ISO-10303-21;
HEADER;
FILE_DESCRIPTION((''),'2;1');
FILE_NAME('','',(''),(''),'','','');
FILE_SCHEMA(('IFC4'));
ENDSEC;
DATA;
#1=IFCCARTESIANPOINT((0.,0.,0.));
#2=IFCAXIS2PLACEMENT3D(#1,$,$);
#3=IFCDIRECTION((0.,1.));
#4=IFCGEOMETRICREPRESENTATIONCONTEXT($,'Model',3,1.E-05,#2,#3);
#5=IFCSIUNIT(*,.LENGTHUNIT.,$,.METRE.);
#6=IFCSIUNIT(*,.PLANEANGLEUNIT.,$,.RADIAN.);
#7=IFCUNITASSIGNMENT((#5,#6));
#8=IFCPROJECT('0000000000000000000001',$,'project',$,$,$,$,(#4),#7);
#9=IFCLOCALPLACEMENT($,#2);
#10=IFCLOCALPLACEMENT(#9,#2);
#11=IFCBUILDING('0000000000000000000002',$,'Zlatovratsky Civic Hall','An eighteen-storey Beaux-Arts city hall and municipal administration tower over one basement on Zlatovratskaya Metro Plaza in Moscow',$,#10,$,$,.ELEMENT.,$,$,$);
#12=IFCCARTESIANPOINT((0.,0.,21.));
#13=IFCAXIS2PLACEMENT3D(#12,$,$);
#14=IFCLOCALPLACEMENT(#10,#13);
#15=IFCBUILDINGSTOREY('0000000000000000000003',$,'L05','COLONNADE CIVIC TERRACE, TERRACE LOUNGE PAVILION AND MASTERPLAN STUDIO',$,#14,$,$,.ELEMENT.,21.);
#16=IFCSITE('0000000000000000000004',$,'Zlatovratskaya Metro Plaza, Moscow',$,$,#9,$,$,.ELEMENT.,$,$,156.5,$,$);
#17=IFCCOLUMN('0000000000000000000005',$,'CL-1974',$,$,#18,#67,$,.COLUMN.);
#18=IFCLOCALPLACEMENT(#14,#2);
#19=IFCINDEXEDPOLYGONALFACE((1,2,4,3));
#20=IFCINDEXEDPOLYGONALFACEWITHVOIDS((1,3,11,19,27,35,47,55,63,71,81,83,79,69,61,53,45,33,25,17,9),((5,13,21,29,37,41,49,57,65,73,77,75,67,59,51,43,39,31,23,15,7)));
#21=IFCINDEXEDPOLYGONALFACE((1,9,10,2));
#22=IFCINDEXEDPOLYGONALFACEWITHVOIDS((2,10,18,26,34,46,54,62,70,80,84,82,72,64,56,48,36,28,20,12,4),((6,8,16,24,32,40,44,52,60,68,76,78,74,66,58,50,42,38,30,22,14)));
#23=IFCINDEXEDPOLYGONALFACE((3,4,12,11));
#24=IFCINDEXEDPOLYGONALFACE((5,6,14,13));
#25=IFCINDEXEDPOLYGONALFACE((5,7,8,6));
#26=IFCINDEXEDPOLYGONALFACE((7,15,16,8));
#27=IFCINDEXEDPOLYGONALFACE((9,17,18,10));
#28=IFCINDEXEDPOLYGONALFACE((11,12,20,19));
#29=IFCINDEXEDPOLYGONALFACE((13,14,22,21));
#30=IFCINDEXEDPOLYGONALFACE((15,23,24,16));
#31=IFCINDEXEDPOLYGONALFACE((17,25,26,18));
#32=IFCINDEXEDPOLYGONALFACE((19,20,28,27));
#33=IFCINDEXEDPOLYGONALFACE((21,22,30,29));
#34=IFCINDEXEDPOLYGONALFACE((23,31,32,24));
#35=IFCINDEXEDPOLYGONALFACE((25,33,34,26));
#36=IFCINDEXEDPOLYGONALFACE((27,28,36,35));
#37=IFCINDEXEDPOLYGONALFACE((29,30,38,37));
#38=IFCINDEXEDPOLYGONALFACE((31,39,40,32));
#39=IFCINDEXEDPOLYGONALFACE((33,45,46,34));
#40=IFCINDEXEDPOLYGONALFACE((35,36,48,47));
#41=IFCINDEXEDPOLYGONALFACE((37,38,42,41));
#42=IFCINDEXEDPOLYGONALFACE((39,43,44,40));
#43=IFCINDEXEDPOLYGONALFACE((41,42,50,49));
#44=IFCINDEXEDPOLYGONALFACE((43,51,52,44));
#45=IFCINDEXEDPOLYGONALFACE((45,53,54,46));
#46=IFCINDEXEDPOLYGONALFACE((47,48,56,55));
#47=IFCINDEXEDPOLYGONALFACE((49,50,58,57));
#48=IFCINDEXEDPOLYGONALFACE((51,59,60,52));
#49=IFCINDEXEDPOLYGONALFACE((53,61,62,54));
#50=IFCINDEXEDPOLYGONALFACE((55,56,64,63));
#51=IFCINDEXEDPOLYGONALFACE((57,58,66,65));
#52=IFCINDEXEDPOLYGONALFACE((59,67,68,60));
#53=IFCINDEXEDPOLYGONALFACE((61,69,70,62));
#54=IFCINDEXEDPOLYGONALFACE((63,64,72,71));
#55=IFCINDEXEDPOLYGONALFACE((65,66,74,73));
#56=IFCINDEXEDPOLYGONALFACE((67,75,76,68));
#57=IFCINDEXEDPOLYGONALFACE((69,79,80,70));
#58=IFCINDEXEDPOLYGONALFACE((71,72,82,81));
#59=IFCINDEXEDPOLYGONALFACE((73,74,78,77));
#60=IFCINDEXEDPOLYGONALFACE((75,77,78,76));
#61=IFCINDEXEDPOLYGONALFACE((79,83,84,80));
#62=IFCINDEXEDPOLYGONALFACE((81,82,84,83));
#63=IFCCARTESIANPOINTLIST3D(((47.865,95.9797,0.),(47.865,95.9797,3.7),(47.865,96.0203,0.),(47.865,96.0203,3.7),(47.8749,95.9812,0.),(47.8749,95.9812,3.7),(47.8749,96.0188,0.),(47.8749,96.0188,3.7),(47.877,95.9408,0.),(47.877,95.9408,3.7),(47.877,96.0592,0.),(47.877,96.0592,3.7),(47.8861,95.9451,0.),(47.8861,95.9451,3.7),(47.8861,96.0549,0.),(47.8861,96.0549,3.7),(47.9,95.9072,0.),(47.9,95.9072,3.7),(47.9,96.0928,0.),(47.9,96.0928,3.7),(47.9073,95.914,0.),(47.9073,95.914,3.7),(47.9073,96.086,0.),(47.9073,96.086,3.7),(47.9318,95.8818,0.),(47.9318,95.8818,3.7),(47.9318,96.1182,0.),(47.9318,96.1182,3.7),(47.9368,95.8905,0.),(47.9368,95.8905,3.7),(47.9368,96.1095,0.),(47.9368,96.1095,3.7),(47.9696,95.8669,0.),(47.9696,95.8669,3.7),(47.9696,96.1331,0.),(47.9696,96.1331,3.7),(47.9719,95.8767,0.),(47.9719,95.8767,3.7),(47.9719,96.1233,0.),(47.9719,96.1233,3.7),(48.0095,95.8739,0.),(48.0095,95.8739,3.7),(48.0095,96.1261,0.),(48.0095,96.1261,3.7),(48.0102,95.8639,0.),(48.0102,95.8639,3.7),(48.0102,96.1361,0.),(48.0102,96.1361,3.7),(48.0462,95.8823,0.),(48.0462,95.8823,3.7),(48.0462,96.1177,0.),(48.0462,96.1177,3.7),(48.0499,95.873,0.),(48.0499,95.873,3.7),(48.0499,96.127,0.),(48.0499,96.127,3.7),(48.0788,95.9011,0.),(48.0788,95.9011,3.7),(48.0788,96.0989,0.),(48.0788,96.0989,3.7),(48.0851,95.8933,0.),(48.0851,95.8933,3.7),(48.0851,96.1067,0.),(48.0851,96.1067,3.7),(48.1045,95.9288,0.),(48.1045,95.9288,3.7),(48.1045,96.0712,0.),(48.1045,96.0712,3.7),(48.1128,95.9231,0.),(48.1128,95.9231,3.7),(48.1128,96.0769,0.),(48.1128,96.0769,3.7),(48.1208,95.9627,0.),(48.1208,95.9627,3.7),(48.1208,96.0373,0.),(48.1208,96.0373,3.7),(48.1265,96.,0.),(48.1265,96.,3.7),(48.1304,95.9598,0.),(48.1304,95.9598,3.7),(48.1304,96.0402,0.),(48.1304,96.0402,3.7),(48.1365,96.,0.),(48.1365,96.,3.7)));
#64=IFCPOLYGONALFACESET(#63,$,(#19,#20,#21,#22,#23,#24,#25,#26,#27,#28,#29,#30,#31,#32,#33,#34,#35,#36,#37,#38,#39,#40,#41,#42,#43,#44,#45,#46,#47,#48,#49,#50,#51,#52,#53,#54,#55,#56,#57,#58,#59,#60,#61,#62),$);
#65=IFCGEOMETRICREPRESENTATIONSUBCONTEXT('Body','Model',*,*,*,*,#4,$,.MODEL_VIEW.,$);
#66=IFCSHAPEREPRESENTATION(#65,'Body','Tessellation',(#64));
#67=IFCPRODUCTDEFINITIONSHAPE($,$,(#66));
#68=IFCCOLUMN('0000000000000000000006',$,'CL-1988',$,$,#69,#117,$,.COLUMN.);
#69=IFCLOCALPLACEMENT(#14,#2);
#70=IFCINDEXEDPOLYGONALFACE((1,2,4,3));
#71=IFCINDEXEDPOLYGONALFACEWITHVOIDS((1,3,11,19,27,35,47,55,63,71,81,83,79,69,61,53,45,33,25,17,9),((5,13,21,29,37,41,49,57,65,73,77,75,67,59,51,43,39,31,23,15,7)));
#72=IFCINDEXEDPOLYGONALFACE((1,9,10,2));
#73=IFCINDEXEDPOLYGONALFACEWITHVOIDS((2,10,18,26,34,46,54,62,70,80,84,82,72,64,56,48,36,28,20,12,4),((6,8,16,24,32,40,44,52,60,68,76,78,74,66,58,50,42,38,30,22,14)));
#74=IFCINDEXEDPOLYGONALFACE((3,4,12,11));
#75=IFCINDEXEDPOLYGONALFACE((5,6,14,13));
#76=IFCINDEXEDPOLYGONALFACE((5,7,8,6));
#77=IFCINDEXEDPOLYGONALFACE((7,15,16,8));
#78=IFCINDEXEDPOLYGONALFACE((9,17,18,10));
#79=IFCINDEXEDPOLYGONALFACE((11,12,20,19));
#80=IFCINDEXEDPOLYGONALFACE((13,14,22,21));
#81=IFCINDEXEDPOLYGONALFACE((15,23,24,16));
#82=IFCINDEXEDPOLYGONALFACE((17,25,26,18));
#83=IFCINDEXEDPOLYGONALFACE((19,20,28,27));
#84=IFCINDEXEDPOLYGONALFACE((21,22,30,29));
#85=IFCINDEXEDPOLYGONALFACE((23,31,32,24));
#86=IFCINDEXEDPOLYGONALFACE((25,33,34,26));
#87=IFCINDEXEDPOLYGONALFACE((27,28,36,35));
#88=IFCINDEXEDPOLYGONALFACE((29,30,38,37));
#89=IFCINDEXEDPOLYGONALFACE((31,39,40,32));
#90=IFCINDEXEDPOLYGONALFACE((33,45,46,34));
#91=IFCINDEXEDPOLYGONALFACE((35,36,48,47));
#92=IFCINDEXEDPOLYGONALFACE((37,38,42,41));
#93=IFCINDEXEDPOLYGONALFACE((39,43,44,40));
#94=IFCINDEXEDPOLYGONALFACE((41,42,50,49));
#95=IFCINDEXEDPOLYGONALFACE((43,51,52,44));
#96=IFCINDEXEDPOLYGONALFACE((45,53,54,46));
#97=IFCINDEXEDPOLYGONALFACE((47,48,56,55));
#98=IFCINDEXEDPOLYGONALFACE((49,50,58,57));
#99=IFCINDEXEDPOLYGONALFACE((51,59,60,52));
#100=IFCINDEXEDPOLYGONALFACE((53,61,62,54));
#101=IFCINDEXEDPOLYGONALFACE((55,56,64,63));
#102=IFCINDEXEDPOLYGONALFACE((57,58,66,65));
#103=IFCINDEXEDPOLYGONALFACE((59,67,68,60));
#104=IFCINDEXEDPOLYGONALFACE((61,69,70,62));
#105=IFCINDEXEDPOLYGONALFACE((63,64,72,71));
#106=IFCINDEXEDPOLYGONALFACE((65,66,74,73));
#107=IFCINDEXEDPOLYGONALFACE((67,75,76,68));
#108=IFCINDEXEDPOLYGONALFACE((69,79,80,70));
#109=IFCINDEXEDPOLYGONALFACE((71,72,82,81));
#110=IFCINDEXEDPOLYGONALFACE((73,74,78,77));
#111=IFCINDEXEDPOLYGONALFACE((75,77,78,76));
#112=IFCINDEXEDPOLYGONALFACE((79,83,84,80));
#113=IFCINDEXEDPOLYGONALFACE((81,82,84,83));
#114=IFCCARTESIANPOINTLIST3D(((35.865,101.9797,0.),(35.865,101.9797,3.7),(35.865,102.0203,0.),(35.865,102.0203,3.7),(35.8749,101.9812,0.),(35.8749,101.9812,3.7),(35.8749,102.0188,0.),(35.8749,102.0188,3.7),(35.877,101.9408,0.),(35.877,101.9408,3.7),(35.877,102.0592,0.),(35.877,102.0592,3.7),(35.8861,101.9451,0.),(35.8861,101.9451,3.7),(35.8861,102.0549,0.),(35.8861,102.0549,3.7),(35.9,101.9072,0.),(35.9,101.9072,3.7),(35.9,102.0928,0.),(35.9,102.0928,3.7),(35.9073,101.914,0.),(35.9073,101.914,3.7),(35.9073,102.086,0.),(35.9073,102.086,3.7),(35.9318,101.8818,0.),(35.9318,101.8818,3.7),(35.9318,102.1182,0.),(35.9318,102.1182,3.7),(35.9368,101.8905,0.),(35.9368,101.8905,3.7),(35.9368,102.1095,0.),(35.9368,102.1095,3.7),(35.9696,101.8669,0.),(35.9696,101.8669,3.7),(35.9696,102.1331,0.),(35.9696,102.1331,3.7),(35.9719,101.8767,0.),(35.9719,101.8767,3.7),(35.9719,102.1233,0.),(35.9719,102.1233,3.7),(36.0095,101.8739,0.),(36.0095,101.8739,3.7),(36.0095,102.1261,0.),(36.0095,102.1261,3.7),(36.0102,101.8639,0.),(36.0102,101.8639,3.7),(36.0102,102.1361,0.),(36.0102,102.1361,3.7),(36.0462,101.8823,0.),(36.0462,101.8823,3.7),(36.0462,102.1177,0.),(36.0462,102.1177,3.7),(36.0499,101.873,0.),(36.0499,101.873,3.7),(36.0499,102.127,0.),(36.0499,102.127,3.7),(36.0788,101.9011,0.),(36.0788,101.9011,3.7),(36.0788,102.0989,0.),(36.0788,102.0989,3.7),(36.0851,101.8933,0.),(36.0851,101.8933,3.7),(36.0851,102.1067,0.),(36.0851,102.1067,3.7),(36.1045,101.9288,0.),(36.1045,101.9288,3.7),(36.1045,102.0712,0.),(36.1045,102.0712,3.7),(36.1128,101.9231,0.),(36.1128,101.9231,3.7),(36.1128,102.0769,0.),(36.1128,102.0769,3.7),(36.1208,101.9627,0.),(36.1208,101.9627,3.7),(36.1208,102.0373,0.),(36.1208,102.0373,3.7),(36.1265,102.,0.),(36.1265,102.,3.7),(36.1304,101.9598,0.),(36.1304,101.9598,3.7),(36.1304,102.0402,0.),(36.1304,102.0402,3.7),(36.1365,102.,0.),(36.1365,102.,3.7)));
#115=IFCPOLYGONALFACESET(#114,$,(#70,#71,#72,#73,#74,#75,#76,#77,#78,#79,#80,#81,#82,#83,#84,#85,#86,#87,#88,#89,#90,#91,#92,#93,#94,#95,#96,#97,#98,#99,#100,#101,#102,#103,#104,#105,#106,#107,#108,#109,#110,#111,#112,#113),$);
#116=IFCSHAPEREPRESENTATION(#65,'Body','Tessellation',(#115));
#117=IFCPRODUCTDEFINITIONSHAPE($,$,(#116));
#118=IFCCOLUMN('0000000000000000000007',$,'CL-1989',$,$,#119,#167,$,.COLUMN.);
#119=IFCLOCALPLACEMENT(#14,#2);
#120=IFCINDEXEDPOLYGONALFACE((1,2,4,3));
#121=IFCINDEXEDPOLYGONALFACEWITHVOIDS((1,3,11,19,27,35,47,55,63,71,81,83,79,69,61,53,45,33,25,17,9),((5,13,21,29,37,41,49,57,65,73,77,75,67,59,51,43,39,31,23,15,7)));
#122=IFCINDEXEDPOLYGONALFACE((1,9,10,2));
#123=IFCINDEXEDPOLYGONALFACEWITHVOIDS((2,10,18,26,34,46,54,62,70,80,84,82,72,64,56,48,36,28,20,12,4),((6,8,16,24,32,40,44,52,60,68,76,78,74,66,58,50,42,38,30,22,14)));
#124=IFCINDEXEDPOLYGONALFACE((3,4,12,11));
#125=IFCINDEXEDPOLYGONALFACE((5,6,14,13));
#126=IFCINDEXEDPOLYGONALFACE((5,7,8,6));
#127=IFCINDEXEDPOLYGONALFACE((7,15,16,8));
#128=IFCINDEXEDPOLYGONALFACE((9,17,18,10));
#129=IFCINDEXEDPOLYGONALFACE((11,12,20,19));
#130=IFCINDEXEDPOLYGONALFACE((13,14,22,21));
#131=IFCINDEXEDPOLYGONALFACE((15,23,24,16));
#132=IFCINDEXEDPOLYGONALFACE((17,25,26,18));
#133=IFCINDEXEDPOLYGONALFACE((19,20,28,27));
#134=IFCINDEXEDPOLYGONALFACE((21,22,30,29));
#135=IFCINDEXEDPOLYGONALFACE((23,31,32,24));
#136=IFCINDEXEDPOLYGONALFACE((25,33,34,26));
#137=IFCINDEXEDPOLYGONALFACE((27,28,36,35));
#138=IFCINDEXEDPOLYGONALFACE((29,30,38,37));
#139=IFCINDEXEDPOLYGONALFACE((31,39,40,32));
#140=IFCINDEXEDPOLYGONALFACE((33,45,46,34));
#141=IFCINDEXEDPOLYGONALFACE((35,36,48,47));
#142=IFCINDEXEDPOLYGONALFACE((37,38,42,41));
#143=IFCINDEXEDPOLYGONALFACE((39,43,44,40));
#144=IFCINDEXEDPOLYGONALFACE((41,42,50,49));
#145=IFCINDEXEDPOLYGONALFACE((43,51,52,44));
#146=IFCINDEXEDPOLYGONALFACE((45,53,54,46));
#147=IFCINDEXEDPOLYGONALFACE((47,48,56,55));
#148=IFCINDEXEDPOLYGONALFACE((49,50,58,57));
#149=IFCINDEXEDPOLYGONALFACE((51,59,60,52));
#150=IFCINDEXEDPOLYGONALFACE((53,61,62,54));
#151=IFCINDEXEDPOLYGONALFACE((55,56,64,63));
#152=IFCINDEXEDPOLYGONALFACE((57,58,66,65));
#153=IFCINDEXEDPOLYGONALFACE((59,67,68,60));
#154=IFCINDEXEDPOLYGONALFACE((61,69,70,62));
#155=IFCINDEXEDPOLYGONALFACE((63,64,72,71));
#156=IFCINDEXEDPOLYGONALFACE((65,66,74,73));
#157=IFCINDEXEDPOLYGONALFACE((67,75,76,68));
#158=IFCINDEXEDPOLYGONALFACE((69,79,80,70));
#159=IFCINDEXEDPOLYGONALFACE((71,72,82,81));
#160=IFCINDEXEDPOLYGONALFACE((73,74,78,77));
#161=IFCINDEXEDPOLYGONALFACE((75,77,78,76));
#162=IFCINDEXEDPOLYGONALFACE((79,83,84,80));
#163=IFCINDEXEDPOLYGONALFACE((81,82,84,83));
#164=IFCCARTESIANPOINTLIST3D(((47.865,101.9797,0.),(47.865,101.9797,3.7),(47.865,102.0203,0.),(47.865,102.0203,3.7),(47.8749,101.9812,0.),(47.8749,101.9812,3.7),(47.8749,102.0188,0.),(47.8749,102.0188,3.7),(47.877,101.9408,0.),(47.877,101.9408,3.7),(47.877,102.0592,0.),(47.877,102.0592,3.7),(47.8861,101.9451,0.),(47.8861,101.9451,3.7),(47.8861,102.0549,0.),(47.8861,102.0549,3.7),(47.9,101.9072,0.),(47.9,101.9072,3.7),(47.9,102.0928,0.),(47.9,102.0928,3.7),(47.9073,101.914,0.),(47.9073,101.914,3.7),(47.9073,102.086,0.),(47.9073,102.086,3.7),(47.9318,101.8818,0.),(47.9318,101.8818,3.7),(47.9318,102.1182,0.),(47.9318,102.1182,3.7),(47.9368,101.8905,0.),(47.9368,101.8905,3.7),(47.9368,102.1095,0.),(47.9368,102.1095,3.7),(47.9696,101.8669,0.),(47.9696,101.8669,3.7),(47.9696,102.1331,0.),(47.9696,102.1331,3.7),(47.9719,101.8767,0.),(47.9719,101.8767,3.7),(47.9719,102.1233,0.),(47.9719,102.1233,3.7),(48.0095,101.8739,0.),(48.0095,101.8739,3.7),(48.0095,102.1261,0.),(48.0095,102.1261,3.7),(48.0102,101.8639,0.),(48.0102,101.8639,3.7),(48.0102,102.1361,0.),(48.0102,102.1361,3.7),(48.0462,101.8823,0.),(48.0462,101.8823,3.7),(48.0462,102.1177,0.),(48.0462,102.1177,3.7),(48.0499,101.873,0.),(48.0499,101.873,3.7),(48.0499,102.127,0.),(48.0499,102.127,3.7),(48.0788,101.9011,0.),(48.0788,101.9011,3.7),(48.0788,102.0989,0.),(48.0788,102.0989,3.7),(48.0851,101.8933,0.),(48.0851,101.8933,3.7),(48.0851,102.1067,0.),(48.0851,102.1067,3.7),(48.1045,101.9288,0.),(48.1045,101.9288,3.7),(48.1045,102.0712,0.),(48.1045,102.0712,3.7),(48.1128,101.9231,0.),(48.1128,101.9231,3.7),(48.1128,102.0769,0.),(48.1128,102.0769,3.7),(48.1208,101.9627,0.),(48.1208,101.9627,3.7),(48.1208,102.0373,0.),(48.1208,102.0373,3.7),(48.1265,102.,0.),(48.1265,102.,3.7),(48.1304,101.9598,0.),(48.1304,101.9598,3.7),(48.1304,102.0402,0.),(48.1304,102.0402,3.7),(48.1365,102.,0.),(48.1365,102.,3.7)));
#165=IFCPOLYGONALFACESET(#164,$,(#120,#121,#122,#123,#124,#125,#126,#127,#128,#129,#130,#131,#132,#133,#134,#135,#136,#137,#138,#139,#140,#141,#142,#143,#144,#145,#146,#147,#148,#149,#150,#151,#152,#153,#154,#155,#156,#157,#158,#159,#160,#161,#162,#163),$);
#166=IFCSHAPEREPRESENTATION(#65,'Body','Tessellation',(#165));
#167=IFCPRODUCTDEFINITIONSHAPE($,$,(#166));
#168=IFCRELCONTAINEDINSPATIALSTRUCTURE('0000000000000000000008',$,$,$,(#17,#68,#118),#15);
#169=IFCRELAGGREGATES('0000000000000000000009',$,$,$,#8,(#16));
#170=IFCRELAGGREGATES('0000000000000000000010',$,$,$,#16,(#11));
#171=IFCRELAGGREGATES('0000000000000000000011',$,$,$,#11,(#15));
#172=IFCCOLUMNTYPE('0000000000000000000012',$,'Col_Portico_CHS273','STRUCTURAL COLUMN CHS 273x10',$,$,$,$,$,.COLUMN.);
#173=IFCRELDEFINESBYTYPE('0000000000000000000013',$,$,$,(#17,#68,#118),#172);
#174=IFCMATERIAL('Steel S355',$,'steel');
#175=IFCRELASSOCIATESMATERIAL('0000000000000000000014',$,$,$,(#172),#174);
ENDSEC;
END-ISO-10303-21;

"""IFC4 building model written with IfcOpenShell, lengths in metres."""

from ifc_helpers import new_model, si_unit, direction, frame, origin, origin_2d, place, context, subcontext, project, spatial, hollow_circle, extrude, material, material_profile, profile_set, type_object, element, save


model = new_model("IFC4")

# Units and contexts
model_context = context("Model", 3, precision=1e-05, world=origin(), true_north=direction((0.0, 1.0)))
body_context = subcontext(model_context, "Body", "Model", "MODEL_VIEW")
ifc_project = project(units=[si_unit("LENGTHUNIT", "METRE"), si_unit("PLANEANGLEUNIT", "RADIAN")], contexts=[model_context])

# Site, building, storey
site_placement = place(None, origin())
site = spatial("IfcSite", under=ifc_project, at=site_placement, Name="Zlatovratskaya Metro Plaza, Moscow", CompositionType="ELEMENT", RefElevation=156.5)
building_placement = place(site_placement, origin())
building = spatial("IfcBuilding", under=site, at=building_placement, Name="Zlatovratsky Civic Hall", Description="An eighteen-storey Beaux-Arts city hall and municipal administration tower over one basement on Zlatovratskaya Metro Plaza in Moscow", CompositionType="ELEMENT")
storey_placement = place(building_placement, frame((0.0, 0.0, 21.0)))
storey = spatial("IfcBuildingStorey", under=building, at=storey_placement, Name="L05", Description="COLONNADE CIVIC TERRACE, TERRACE LOUNGE PAVILION AND MASTERPLAN STUDIO", CompositionType="ELEMENT", Elevation=21.0)

# Columns
ifc_material_1 = material(Name="Steel S355", Category="steel")
ifc_material_profile_1 = material_profile(ifc_material_1, hollow_circle(Radius=0.1365, WallThickness=0.01, at=origin_2d()), Name="CHS 273x10")
ifc_profile_set_1 = profile_set([ifc_material_profile_1], Name="Steel S355")
column_type_1 = type_object("IfcColumnType", Name="Col_Portico_CHS273", Description="STRUCTURAL COLUMN CHS 273x10", PredefinedType="COLUMN", material=ifc_profile_set_1)
for number, where, z_axis, x_axis, name in (
    (1, (48.0, 96.0, 0.0), (0.0, 0.0, 1.0), (1.0, 0.0, 0.0), "CL-1974"),
    (2, (36.0, 102.0, 0.0), (0.0, 0.0, 1.0), (1.0, 0.0, 0.0), "CL-1988"),
    (3, (48.0, 102.0, 0.0), (0.0, 0.0, 1.0), (1.0, 0.0, 0.0), "CL-1989"),
):
    element("IfcColumn", number, at=place(storey_placement, frame(where, z_axis=z_axis, x_axis=x_axis)), inside=storey, type_object=column_type_1, Name=name, PredefinedType="COLUMN", context=body_context, shape_type="SweptSolid", body=[
        extrude(hollow_circle(Radius=0.1365, WallThickness=0.01, at=origin_2d()), origin(), (0.0, 0.0, 1.0), 3.7),
    ])

save(model, "model.ifc")
